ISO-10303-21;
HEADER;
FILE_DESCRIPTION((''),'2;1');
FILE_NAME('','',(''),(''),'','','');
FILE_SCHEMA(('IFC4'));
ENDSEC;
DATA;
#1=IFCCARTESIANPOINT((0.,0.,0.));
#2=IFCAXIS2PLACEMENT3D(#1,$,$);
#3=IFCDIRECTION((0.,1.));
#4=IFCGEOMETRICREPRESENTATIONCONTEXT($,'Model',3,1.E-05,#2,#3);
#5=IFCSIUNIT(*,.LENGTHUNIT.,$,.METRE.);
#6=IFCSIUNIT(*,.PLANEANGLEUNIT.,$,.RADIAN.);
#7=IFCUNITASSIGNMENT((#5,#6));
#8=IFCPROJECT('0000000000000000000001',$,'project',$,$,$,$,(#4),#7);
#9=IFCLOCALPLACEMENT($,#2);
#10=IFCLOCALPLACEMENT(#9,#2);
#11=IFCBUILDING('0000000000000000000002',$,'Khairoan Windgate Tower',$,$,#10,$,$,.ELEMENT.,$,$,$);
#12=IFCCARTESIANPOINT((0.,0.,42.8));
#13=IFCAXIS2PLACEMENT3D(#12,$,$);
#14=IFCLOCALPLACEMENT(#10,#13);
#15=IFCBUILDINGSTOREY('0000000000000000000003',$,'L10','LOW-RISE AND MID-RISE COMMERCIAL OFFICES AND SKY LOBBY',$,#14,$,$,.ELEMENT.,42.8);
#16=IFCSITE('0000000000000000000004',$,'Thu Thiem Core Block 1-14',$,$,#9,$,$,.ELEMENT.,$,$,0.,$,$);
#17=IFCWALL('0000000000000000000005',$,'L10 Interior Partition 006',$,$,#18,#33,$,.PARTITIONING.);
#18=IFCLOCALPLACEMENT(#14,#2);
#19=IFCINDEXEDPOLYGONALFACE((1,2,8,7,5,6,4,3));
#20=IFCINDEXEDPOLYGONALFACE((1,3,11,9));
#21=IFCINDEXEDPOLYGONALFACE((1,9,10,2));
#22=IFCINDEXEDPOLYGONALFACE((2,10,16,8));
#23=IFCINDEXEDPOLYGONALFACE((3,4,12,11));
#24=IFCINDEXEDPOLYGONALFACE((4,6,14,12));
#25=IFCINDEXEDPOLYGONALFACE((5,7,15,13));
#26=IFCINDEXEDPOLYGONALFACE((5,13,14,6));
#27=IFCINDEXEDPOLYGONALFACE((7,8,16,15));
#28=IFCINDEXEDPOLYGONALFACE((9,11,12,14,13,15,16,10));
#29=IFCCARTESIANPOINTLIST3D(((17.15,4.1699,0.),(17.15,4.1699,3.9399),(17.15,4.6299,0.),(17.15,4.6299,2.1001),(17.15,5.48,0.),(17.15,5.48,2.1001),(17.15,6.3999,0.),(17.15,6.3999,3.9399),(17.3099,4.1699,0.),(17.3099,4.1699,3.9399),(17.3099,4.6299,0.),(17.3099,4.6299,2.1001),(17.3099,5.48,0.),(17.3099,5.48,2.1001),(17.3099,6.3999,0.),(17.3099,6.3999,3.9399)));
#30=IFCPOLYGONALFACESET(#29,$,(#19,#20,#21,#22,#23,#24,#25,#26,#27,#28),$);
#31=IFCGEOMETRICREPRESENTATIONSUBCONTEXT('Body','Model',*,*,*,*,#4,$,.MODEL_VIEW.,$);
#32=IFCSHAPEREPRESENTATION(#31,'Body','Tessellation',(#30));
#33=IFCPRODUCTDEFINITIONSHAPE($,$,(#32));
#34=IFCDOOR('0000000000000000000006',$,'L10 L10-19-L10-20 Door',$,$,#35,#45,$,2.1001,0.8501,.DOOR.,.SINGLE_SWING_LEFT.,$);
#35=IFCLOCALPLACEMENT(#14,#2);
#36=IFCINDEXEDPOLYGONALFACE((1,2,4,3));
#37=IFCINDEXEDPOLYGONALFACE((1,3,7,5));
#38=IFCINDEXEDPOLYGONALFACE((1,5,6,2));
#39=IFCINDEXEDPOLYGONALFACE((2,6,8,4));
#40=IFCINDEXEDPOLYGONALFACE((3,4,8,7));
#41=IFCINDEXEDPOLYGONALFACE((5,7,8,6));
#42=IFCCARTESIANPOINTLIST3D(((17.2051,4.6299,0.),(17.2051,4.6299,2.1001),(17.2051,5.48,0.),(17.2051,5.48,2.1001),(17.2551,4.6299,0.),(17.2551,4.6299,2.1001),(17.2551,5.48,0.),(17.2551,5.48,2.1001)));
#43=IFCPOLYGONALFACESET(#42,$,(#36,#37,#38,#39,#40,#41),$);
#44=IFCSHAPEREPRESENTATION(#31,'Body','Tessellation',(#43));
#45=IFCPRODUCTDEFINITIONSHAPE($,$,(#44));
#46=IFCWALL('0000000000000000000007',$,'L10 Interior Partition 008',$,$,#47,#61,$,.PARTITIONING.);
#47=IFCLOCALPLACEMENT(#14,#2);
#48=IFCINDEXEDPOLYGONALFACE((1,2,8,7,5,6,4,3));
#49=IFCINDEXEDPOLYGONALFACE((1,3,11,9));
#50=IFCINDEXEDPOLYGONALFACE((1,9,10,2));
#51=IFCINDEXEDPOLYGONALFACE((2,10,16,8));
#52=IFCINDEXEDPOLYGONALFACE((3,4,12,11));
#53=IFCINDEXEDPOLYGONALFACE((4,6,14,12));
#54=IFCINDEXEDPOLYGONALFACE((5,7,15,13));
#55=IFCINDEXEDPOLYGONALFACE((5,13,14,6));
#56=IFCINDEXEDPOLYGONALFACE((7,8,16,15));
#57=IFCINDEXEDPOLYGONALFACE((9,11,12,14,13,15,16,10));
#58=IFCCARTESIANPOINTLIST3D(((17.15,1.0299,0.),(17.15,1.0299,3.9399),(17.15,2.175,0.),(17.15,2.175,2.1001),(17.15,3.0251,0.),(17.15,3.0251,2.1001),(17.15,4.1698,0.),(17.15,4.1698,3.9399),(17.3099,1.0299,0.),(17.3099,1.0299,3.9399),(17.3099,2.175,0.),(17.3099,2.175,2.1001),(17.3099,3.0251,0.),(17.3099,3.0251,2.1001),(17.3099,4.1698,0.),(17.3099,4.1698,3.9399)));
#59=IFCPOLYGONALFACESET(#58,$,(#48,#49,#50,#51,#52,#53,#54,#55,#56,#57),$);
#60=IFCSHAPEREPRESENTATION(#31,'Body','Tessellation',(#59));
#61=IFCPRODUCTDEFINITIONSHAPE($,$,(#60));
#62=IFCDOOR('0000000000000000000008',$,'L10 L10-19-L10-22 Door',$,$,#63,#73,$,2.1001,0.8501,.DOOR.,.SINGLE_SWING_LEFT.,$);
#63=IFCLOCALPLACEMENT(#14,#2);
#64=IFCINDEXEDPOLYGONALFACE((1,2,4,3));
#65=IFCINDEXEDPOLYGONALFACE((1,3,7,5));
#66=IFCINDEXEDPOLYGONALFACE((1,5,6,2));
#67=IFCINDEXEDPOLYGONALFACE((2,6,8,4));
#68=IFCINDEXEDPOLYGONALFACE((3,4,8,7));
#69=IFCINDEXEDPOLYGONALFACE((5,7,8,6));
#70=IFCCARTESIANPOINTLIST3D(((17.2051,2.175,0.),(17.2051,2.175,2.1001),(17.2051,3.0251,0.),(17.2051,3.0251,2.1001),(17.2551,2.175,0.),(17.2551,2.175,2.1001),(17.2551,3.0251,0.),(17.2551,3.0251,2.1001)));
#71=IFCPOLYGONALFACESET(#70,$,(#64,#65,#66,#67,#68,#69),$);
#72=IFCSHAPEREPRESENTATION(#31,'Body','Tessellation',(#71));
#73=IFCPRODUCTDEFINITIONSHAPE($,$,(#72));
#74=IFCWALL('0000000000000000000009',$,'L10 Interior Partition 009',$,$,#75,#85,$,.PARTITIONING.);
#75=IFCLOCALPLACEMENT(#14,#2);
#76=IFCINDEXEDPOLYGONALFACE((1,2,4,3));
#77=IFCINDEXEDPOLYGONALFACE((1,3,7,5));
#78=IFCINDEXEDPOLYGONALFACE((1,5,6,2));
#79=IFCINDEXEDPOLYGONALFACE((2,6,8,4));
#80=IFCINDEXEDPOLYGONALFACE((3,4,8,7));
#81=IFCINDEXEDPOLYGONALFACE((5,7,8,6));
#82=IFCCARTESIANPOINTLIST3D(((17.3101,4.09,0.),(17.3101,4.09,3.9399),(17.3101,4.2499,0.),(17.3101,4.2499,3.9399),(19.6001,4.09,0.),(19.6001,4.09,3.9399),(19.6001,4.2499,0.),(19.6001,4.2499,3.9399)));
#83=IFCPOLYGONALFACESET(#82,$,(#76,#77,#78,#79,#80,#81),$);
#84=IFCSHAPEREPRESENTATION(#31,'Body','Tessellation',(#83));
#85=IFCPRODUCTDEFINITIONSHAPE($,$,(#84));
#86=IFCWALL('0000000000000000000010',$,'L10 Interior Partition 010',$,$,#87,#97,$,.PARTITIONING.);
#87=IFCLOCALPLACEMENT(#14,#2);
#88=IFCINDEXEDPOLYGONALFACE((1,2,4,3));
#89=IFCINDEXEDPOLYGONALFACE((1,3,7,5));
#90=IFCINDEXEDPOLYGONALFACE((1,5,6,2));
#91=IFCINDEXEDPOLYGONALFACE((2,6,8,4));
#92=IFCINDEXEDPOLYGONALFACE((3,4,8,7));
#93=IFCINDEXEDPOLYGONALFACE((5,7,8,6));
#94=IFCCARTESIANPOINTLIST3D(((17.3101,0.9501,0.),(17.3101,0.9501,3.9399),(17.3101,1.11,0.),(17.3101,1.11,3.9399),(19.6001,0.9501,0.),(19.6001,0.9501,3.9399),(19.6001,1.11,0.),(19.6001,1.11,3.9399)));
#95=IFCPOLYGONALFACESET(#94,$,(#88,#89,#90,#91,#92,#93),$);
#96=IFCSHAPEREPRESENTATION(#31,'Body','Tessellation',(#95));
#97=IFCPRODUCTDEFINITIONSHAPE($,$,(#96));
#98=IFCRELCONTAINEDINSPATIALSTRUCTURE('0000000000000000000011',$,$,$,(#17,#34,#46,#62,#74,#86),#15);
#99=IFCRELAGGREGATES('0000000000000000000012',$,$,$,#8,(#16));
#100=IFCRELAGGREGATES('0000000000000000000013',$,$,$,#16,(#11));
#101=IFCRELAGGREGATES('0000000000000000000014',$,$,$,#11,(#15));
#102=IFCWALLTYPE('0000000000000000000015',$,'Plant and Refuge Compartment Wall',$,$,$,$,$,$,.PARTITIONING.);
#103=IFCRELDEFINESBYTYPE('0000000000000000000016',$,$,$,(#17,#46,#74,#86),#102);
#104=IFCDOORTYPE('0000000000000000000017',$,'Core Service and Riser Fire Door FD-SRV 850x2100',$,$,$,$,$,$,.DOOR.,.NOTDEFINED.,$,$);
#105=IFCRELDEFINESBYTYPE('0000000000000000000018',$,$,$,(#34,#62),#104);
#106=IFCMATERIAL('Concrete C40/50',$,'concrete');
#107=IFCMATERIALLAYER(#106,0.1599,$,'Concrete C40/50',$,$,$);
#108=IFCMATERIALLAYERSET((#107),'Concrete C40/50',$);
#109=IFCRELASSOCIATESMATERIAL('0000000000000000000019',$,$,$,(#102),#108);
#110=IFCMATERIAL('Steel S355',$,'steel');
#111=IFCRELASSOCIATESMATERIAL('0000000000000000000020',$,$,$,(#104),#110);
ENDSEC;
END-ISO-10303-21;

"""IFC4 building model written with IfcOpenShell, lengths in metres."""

from ifc_helpers import new_model, si_unit, direction, frame, frame_2d, origin, place, context, subcontext, project, spatial, rectangle, extrude, material, layer, layer_set, type_object, element, fill, save


model = new_model("IFC4")

# Units and contexts
model_context = context("Model", 3, precision=1e-05, world=origin(), true_north=direction((0.0, 1.0)))
body_context = subcontext(model_context, "Body", "Model", "MODEL_VIEW")
ifc_project = project(units=[si_unit("LENGTHUNIT", "METRE"), si_unit("PLANEANGLEUNIT", "RADIAN")], contexts=[model_context])

# Site, building, storey
site_placement = place(None, origin())
site = spatial("IfcSite", under=ifc_project, at=site_placement, Name="Thu Thiem Core Block 1-14", CompositionType="ELEMENT", RefElevation=0.0)
building_placement = place(site_placement, origin())
building = spatial("IfcBuilding", under=site, at=building_placement, Name="Khairoan Windgate Tower", CompositionType="ELEMENT")
storey_placement = place(building_placement, frame((0.0, 0.0, 42.8)))
storey = spatial("IfcBuildingStorey", under=building, at=storey_placement, Name="L10", Description="LOW-RISE AND MID-RISE COMMERCIAL OFFICES AND SKY LOBBY", CompositionType="ELEMENT", Elevation=42.8)

# Walls, openings, doors
ifc_material_1 = material(Name="Concrete C40/50", Category="concrete")
ifc_layer_1 = layer(ifc_material_1, 0.1599, Name="Concrete C40/50")
ifc_layer_set_1 = layer_set([ifc_layer_1], Name="Concrete C40/50")
wall_type_1 = type_object("IfcWallType", Name="Plant and Refuge Compartment Wall", PredefinedType="PARTITIONING", material=ifc_layer_set_1)
wall_1_placement = place(storey_placement, frame((17.23, 4.1699, 0.0), z_axis=(0.0, 0.0, 1.0), x_axis=(0.0, 1.0, 0.0)))
wall_1 = element("IfcWall", 1, at=wall_1_placement, inside=storey, type_object=wall_type_1, Name="L10 Interior Partition 006", PredefinedType="PARTITIONING", context=body_context, shape_type="SweptSolid", body=[
    extrude(rectangle(XDim=2.23, YDim=0.1599, at=frame_2d((1.115, 0.0))), origin(), (0.0, 0.0, 1.0), 3.9399),
])
opening_1_placement = place(wall_1_placement, frame((0.46, 0.0, 0.0)))
opening_1 = element("IfcOpeningElement", 2, at=opening_1_placement, cuts=wall_1, PredefinedType="OPENING", context=body_context, shape_type="SweptSolid", body=[
    extrude(rectangle(XDim=0.8501, YDim=2.1001, at=frame_2d((0.425, 1.05))), frame((0.0, 0.0898, 0.0), z_axis=(0.0, -1.0, 0.0), x_axis=(1.0, 0.0, 0.0)), (0.0, 0.0, 1.0), 0.1799),
])
ifc_material_2 = material(Name="Steel S355", Category="steel")
door_type = type_object("IfcDoorType", Name="Core Service and Riser Fire Door FD-SRV 850x2100", OperationType="NOTDEFINED", PredefinedType="DOOR", material=ifc_material_2)
door_1_placement = place(opening_1_placement, origin())
door_1 = element("IfcDoor", 3, at=door_1_placement, inside=storey, type_object=door_type, Name="L10 L10-19-L10-20 Door", OperationType="SINGLE_SWING_LEFT", OverallHeight=2.1001, OverallWidth=0.8501, PredefinedType="DOOR", context=body_context, shape_type="SweptSolid", body=[
    extrude(rectangle(XDim=0.8501, YDim=2.1001, at=frame_2d((0.425, 1.05))), frame((0.0, 0.0249, 0.0), z_axis=(0.0, -1.0, 0.0), x_axis=(1.0, 0.0, 0.0)), (0.0, 0.0, 1.0), 0.05),
])
fill(opening_1, door_1)
wall_2_placement = place(storey_placement, frame((17.23, 1.03, 0.0), z_axis=(0.0, 0.0, 1.0), x_axis=(0.0, 1.0, 0.0)))
wall_2 = element("IfcWall", 4, at=wall_2_placement, inside=storey, type_object=wall_type_1, Name="L10 Interior Partition 008", PredefinedType="PARTITIONING", context=body_context, shape_type="SweptSolid", body=[
    extrude(rectangle(XDim=3.1399, YDim=0.1599, at=frame_2d((1.5698, 0.0))), origin(), (0.0, 0.0, 1.0), 3.9399),
])
opening_2_placement = place(wall_2_placement, frame((1.145, 0.0, 0.0)))
opening_2 = element("IfcOpeningElement", 5, at=opening_2_placement, cuts=wall_2, PredefinedType="OPENING", context=body_context, shape_type="SweptSolid", body=[
    extrude(rectangle(XDim=0.8501, YDim=2.1001, at=frame_2d((0.425, 1.05))), frame((0.0, 0.0898, 0.0), z_axis=(0.0, -1.0, 0.0), x_axis=(1.0, 0.0, 0.0)), (0.0, 0.0, 1.0), 0.1799),
])
door_2_placement = place(opening_2_placement, origin())
door_2 = element("IfcDoor", 6, at=door_2_placement, inside=storey, type_object=door_type, Name="L10 L10-19-L10-22 Door", OperationType="SINGLE_SWING_LEFT", OverallHeight=2.1001, OverallWidth=0.8501, PredefinedType="DOOR", context=body_context, shape_type="SweptSolid", body=[
    extrude(rectangle(XDim=0.8501, YDim=2.1001, at=frame_2d((0.425, 1.05))), frame((0.0, 0.0249, 0.0), z_axis=(0.0, -1.0, 0.0), x_axis=(1.0, 0.0, 0.0)), (0.0, 0.0, 1.0), 0.05),
])
fill(opening_2, door_2)

# Walls
for number, where, z_axis, x_axis, name in (
    (7, (17.3101, 4.1699, 0.0), (0.0, 0.0, 1.0), (1.0, 0.0, 0.0), "L10 Interior Partition 009"),
    (8, (17.3101, 1.03, 0.0), (0.0, 0.0, 1.0), (1.0, 0.0, 0.0), "L10 Interior Partition 010"),
):
    element("IfcWall", number, at=place(storey_placement, frame(where, z_axis=z_axis, x_axis=x_axis)), inside=storey, type_object=wall_type_1, Name=name, PredefinedType="PARTITIONING", context=body_context, shape_type="SweptSolid", body=[
        extrude(rectangle(XDim=2.29, YDim=0.1599, at=frame_2d((1.145, 0.0))), origin(), (0.0, 0.0, 1.0), 3.9399),
    ])

save(model, "model.ifc")
